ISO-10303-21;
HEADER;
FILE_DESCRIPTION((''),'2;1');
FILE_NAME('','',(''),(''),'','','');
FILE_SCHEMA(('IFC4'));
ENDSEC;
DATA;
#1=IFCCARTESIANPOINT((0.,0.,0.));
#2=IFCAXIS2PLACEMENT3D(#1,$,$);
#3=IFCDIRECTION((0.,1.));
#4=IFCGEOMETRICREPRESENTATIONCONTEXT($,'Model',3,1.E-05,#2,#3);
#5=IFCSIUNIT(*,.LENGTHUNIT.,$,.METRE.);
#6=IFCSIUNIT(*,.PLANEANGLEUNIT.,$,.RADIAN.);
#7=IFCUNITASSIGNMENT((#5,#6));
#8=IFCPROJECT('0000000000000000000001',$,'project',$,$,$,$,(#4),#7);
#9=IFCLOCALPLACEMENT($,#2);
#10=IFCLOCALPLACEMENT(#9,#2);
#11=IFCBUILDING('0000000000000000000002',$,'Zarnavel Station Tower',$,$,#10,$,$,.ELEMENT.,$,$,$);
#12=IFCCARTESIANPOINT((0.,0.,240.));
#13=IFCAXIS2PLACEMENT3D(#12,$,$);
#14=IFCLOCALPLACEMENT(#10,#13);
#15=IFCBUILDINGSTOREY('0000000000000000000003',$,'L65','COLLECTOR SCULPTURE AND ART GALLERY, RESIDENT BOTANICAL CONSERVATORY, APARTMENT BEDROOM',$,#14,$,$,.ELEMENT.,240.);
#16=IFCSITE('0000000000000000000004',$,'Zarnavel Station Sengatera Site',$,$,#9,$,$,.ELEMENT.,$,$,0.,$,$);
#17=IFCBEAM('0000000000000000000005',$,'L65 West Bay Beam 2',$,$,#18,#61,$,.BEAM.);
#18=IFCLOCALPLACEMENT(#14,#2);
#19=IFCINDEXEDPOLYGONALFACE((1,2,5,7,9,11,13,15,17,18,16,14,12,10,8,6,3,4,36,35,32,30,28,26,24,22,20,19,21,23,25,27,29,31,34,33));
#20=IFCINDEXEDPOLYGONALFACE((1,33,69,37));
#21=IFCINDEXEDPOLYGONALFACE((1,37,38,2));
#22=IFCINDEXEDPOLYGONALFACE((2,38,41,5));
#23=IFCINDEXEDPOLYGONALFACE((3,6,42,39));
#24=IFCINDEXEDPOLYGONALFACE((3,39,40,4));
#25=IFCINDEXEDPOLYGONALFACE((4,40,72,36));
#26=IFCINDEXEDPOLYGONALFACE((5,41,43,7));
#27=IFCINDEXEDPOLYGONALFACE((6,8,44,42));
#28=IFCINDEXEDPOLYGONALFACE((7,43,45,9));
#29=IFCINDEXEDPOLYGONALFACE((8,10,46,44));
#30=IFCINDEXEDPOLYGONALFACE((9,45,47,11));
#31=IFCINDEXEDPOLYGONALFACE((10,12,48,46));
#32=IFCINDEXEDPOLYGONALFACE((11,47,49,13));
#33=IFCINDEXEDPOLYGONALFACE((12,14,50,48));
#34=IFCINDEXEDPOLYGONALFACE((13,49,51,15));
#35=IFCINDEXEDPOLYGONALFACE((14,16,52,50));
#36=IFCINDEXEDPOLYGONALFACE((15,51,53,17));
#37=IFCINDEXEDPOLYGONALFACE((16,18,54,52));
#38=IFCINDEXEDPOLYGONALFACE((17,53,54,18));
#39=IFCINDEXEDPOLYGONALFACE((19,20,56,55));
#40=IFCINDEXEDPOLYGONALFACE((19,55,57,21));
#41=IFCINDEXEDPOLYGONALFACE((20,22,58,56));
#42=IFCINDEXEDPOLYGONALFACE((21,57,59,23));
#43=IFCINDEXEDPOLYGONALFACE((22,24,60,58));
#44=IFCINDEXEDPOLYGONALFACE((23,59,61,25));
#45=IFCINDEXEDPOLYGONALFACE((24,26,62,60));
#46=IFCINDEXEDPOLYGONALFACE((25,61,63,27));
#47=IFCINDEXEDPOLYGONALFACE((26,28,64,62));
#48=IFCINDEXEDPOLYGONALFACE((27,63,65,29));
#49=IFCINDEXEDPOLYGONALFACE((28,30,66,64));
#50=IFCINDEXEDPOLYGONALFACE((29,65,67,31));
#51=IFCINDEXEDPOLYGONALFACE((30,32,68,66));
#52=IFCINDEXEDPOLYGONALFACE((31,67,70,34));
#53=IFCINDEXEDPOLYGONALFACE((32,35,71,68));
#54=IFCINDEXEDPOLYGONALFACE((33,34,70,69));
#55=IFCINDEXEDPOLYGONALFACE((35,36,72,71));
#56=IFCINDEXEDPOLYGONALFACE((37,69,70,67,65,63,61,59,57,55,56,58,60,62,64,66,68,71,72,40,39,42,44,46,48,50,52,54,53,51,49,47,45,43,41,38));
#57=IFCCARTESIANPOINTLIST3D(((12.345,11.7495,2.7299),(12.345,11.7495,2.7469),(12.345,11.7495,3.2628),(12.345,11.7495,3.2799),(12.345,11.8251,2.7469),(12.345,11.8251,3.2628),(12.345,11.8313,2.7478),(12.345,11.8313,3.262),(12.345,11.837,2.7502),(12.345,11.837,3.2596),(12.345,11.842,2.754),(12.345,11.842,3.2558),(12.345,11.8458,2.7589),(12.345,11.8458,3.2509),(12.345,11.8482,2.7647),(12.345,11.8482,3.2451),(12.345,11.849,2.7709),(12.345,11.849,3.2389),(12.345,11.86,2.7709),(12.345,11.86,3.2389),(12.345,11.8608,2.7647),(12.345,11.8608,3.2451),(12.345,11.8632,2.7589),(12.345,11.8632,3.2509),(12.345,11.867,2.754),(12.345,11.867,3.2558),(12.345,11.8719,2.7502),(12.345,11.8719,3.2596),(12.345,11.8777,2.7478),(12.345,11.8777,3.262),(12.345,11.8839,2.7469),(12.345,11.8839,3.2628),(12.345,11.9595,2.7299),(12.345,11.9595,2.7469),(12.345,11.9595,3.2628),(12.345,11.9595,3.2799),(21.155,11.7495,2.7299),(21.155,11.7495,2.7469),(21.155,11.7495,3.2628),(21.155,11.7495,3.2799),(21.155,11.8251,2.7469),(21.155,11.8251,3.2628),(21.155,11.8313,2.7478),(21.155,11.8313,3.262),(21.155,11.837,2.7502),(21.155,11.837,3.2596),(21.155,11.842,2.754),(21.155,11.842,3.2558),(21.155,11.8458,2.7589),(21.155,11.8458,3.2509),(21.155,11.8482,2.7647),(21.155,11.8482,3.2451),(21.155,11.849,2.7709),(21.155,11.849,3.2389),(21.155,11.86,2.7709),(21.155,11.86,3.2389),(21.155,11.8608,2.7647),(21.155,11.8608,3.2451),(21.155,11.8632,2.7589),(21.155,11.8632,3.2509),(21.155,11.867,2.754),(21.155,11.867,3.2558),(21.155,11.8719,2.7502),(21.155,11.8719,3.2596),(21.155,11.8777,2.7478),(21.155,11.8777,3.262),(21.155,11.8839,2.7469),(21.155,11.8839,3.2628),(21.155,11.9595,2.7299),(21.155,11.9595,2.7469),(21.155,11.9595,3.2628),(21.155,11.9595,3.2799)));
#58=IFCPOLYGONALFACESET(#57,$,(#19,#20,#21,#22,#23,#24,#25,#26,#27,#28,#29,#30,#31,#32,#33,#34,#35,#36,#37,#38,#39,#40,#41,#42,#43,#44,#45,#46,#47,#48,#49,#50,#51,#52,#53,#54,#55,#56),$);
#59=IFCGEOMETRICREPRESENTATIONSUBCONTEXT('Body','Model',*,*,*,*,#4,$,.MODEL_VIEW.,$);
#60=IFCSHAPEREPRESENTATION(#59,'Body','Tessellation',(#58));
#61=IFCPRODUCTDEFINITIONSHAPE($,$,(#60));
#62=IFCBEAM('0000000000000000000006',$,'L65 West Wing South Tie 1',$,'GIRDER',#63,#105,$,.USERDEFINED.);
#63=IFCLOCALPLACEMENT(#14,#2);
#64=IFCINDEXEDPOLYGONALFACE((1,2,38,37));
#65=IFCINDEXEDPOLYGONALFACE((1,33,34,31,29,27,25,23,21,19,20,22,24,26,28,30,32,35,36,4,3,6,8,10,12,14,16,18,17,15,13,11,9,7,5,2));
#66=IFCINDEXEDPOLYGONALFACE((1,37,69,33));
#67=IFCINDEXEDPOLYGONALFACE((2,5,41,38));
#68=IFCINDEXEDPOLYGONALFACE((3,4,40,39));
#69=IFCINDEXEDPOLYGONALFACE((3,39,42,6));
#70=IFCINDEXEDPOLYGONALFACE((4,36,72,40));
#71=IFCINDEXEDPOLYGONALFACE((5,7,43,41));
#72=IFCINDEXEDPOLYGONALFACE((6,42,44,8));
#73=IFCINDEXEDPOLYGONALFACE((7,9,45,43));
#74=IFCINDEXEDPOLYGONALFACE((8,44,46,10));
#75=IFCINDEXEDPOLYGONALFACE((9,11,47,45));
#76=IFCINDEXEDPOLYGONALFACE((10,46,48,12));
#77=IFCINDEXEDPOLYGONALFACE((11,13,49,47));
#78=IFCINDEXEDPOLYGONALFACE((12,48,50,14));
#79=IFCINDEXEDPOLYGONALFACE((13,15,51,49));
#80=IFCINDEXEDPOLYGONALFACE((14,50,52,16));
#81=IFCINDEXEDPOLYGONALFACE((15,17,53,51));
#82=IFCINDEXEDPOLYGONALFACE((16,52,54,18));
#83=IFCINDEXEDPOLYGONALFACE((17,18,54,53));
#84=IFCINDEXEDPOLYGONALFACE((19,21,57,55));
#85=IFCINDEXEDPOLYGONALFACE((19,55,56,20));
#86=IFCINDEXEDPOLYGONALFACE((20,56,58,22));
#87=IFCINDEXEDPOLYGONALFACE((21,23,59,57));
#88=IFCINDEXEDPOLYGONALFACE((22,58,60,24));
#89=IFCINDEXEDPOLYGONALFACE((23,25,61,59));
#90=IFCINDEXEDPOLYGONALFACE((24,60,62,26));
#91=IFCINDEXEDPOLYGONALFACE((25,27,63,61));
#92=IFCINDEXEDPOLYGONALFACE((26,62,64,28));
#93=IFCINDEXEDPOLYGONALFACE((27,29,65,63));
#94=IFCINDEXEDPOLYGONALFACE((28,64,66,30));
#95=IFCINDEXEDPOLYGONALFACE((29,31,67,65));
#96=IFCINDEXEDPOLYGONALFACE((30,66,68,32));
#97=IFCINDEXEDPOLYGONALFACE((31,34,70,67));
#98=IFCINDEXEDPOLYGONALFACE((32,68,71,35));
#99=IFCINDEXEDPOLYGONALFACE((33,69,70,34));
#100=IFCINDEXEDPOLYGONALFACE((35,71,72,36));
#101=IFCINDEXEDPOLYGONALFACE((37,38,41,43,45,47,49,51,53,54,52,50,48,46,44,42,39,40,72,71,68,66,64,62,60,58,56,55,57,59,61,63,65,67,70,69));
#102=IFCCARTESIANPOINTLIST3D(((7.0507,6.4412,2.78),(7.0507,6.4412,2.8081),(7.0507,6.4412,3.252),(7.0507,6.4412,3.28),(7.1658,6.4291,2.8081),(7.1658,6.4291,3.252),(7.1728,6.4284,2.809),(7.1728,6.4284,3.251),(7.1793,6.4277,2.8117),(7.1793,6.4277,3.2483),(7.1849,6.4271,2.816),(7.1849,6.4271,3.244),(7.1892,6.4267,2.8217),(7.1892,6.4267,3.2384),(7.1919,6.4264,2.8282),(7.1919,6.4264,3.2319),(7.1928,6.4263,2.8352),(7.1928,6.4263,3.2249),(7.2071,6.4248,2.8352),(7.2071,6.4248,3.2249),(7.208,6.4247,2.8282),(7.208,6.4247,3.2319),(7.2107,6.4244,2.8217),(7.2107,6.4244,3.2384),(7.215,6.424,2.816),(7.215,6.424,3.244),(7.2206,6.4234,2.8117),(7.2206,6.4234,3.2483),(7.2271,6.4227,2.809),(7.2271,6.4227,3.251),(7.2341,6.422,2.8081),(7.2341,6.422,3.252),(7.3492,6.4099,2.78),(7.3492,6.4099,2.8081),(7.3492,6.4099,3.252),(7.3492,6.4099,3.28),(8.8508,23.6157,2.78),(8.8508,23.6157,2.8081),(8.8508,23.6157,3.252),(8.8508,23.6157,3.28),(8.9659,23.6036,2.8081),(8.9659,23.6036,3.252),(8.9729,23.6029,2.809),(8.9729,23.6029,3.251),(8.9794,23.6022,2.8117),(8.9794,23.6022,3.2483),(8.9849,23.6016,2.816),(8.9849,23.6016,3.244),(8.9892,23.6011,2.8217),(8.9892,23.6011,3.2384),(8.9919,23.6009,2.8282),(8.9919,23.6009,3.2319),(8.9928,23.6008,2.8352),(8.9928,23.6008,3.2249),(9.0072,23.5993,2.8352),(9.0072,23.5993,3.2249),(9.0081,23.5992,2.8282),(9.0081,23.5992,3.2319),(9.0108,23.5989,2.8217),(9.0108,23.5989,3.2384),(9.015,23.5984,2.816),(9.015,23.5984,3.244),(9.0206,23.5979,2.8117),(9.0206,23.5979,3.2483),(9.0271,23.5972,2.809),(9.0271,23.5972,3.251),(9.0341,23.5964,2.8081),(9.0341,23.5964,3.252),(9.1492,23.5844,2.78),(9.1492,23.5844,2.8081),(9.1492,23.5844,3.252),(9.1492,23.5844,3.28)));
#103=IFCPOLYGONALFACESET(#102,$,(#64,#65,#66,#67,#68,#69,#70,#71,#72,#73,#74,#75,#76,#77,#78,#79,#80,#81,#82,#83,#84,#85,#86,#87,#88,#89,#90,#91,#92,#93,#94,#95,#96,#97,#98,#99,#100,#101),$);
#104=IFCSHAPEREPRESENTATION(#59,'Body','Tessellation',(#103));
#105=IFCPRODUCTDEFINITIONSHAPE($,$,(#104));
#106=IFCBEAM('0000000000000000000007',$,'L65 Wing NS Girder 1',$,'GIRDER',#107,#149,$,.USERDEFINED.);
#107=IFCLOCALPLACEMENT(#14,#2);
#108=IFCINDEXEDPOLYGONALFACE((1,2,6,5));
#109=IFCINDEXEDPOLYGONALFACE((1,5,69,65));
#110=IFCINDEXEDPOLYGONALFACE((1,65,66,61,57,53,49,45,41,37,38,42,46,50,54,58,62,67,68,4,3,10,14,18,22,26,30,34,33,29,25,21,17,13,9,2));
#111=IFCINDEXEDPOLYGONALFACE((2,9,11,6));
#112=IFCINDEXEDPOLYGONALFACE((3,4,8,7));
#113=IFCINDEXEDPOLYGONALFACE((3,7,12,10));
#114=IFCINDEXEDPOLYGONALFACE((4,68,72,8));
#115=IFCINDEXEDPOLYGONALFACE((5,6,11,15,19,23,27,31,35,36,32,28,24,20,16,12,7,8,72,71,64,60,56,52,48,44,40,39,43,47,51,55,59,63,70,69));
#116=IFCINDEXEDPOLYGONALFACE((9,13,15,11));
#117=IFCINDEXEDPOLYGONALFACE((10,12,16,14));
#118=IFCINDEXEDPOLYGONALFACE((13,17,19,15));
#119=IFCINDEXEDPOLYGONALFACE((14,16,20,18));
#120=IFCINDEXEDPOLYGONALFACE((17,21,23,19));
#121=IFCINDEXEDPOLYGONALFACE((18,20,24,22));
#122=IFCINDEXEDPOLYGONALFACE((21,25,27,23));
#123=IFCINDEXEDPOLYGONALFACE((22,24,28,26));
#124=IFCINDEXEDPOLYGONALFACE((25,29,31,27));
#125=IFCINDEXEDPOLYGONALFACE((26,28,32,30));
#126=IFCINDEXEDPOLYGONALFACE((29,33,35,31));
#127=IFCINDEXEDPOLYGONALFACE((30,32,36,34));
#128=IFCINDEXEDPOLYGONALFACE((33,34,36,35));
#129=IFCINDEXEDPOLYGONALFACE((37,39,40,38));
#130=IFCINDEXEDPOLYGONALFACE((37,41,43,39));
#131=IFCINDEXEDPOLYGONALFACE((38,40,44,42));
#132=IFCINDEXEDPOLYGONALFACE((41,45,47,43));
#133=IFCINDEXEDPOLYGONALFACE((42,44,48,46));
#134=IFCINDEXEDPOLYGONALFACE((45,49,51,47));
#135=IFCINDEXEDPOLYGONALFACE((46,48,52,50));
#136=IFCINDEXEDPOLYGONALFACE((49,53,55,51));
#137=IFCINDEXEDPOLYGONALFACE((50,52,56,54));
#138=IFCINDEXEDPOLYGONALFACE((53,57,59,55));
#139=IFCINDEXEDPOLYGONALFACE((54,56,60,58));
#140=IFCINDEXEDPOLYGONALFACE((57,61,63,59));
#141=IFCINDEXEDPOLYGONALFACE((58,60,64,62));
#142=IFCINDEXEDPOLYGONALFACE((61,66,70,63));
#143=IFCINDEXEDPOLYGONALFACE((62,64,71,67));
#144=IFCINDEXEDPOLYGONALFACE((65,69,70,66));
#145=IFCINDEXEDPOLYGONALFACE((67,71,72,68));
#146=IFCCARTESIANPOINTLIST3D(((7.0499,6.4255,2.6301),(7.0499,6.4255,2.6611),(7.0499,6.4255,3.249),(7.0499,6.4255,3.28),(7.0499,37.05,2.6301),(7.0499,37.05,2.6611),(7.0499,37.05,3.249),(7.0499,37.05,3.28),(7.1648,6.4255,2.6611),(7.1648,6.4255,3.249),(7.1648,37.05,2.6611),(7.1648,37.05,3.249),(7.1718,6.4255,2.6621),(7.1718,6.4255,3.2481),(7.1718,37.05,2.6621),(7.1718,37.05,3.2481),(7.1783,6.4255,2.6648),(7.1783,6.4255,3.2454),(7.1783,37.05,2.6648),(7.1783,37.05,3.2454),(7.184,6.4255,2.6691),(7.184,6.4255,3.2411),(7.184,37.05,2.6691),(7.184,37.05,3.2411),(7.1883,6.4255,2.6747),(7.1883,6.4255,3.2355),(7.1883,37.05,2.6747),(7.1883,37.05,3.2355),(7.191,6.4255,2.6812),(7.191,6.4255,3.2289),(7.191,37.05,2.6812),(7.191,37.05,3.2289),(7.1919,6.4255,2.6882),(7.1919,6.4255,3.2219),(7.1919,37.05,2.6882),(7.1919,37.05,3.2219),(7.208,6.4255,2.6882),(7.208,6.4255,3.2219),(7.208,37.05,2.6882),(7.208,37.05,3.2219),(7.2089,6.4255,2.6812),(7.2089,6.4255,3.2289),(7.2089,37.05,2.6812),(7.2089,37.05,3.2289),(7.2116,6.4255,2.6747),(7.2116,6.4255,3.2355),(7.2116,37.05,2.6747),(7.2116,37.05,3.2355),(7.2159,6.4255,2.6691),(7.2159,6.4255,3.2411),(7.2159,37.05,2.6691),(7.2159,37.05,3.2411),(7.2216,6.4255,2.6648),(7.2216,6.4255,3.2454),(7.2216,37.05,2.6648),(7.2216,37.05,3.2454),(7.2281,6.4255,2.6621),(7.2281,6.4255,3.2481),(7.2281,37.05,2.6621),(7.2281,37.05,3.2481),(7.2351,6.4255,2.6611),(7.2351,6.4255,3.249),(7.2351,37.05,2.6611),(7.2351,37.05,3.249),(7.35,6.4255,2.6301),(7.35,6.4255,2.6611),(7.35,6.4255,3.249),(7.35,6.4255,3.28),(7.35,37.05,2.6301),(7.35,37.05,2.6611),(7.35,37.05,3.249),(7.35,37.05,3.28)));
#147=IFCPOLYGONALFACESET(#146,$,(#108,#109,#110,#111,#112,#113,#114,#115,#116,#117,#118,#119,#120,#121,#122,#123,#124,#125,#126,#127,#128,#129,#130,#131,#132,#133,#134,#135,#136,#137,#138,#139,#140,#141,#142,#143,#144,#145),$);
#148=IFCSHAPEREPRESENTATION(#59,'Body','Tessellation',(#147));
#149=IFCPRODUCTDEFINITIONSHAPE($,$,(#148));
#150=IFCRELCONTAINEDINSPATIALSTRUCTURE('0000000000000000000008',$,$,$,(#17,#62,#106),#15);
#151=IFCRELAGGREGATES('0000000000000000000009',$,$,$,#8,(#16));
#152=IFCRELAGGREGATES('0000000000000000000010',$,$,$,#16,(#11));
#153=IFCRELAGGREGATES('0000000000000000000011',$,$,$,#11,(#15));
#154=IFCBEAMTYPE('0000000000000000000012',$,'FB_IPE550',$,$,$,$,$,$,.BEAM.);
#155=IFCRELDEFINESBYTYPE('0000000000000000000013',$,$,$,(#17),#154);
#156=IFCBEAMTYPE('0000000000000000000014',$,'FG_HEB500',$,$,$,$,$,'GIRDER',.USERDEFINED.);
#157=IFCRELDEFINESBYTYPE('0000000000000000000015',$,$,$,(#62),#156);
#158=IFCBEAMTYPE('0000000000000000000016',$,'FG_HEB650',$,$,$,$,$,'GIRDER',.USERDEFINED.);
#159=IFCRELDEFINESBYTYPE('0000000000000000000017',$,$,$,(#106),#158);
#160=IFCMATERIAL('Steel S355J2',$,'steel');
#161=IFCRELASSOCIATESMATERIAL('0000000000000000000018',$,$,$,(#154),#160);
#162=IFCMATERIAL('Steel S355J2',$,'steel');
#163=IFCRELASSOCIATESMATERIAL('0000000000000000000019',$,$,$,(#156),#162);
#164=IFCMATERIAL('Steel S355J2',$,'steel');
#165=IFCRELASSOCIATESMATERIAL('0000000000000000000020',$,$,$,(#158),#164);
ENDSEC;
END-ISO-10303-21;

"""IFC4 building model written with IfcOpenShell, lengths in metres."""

from ifc_helpers import new_model, si_unit, direction, frame, origin, origin_2d, place, context, subcontext, project, spatial, i_section, extrude, material, material_profile, profile_set, type_object, element, save


model = new_model("IFC4")

# Units and contexts
model_context = context("Model", 3, precision=1e-05, world=origin(), true_north=direction((0.0, 1.0)))
body_context = subcontext(model_context, "Body", "Model", "MODEL_VIEW")
ifc_project = project(units=[si_unit("LENGTHUNIT", "METRE"), si_unit("PLANEANGLEUNIT", "RADIAN")], contexts=[model_context])

# Site, building, storey
site_placement = place(None, origin())
site = spatial("IfcSite", under=ifc_project, at=site_placement, Name="Zarnavel Station Sengatera Site", CompositionType="ELEMENT", RefElevation=0.0)
building_placement = place(site_placement, origin())
building = spatial("IfcBuilding", under=site, at=building_placement, Name="Zarnavel Station Tower", CompositionType="ELEMENT")
storey_placement = place(building_placement, frame((0.0, 0.0, 240.0)))
storey = spatial("IfcBuildingStorey", under=building, at=storey_placement, Name="L65", Description="COLLECTOR SCULPTURE AND ART GALLERY, RESIDENT BOTANICAL CONSERVATORY, APARTMENT BEDROOM", CompositionType="ELEMENT", Elevation=240.0)

# Beams
ifc_material_1 = material(Name="Steel S355J2", Category="steel")
ifc_material_profile_1 = material_profile(ifc_material_1, i_section(OverallWidth=0.21, OverallDepth=0.55, WebThickness=0.011, FlangeThickness=0.0171, FilletRadius=0.0239, at=origin_2d()), Name="IPE550")
ifc_profile_set_1 = profile_set([ifc_material_profile_1], Name="Steel S355J2")
beam_type_1 = type_object("IfcBeamType", Name="FB_IPE550", PredefinedType="BEAM", material=ifc_profile_set_1)
beam_1_placement = place(storey_placement, frame((12.345, 11.8545, 3.0049), z_axis=(1.0, 0.0, 0.0), x_axis=(0.0, 1.0, 0.0)))
element("IfcBeam", 1, at=beam_1_placement, inside=storey, type_object=beam_type_1, Name="L65 West Bay Beam 2", PredefinedType="BEAM", context=body_context, shape_type="SweptSolid", body=[
    extrude(i_section(OverallWidth=0.21, OverallDepth=0.55, WebThickness=0.011, FlangeThickness=0.0171, FilletRadius=0.0239, at=origin_2d()), origin(), (0.0, 0.0, 1.0), 8.8101),
])
ifc_material_2 = material(Name="Steel S355J2", Category="steel")
ifc_material_profile_2 = material_profile(ifc_material_2, i_section(OverallWidth=0.3, OverallDepth=0.5, WebThickness=0.0144, FlangeThickness=0.0281, FilletRadius=0.0271, at=origin_2d()), Name="HEB500")
ifc_profile_set_2 = profile_set([ifc_material_profile_2], Name="Steel S355J2")
beam_type_2 = type_object("IfcBeamType", Name="FG_HEB500", ElementType="GIRDER", PredefinedType="USERDEFINED", material=ifc_profile_set_2)
beam_2_placement = place(storey_placement, frame((7.2, 6.4255, 3.03), z_axis=(0.104238, 0.994552, 0.0), x_axis=(-0.994552, 0.104238, 0.0)))
element("IfcBeam", 2, at=beam_2_placement, inside=storey, type_object=beam_type_2, Name="L65 West Wing South Tie 1", ObjectType="GIRDER", PredefinedType="USERDEFINED", context=body_context, shape_type="SweptSolid", body=[
    extrude(i_section(OverallWidth=0.3, OverallDepth=0.5, WebThickness=0.0144, FlangeThickness=0.0281, FilletRadius=0.0271, at=origin_2d()), origin(), (0.0, 0.0, 1.0), 17.2686),
])
ifc_material_3 = material(Name="Steel S355J2", Category="steel")
ifc_material_profile_3 = material_profile(ifc_material_3, i_section(OverallWidth=0.3, OverallDepth=0.6499, WebThickness=0.0161, FlangeThickness=0.031, FilletRadius=0.0271, at=origin_2d()), Name="HEB650")
ifc_profile_set_3 = profile_set([ifc_material_profile_3], Name="Steel S355J2")
beam_type_3 = type_object("IfcBeamType", Name="FG_HEB650", ElementType="GIRDER", PredefinedType="USERDEFINED", material=ifc_profile_set_3)
beam_3_placement = place(storey_placement, frame((7.2, 6.4255, 2.9551), z_axis=(0.0, 1.0, 0.0), x_axis=(-1.0, 0.0, 0.0)))
element("IfcBeam", 3, at=beam_3_placement, inside=storey, type_object=beam_type_3, Name="L65 Wing NS Girder 1", ObjectType="GIRDER", PredefinedType="USERDEFINED", context=body_context, shape_type="SweptSolid", body=[
    extrude(i_section(OverallWidth=0.3, OverallDepth=0.6499, WebThickness=0.0161, FlangeThickness=0.031, FilletRadius=0.0271, at=origin_2d()), origin(), (0.0, 0.0, 1.0), 30.6245),
])

save(model, "model.ifc")
